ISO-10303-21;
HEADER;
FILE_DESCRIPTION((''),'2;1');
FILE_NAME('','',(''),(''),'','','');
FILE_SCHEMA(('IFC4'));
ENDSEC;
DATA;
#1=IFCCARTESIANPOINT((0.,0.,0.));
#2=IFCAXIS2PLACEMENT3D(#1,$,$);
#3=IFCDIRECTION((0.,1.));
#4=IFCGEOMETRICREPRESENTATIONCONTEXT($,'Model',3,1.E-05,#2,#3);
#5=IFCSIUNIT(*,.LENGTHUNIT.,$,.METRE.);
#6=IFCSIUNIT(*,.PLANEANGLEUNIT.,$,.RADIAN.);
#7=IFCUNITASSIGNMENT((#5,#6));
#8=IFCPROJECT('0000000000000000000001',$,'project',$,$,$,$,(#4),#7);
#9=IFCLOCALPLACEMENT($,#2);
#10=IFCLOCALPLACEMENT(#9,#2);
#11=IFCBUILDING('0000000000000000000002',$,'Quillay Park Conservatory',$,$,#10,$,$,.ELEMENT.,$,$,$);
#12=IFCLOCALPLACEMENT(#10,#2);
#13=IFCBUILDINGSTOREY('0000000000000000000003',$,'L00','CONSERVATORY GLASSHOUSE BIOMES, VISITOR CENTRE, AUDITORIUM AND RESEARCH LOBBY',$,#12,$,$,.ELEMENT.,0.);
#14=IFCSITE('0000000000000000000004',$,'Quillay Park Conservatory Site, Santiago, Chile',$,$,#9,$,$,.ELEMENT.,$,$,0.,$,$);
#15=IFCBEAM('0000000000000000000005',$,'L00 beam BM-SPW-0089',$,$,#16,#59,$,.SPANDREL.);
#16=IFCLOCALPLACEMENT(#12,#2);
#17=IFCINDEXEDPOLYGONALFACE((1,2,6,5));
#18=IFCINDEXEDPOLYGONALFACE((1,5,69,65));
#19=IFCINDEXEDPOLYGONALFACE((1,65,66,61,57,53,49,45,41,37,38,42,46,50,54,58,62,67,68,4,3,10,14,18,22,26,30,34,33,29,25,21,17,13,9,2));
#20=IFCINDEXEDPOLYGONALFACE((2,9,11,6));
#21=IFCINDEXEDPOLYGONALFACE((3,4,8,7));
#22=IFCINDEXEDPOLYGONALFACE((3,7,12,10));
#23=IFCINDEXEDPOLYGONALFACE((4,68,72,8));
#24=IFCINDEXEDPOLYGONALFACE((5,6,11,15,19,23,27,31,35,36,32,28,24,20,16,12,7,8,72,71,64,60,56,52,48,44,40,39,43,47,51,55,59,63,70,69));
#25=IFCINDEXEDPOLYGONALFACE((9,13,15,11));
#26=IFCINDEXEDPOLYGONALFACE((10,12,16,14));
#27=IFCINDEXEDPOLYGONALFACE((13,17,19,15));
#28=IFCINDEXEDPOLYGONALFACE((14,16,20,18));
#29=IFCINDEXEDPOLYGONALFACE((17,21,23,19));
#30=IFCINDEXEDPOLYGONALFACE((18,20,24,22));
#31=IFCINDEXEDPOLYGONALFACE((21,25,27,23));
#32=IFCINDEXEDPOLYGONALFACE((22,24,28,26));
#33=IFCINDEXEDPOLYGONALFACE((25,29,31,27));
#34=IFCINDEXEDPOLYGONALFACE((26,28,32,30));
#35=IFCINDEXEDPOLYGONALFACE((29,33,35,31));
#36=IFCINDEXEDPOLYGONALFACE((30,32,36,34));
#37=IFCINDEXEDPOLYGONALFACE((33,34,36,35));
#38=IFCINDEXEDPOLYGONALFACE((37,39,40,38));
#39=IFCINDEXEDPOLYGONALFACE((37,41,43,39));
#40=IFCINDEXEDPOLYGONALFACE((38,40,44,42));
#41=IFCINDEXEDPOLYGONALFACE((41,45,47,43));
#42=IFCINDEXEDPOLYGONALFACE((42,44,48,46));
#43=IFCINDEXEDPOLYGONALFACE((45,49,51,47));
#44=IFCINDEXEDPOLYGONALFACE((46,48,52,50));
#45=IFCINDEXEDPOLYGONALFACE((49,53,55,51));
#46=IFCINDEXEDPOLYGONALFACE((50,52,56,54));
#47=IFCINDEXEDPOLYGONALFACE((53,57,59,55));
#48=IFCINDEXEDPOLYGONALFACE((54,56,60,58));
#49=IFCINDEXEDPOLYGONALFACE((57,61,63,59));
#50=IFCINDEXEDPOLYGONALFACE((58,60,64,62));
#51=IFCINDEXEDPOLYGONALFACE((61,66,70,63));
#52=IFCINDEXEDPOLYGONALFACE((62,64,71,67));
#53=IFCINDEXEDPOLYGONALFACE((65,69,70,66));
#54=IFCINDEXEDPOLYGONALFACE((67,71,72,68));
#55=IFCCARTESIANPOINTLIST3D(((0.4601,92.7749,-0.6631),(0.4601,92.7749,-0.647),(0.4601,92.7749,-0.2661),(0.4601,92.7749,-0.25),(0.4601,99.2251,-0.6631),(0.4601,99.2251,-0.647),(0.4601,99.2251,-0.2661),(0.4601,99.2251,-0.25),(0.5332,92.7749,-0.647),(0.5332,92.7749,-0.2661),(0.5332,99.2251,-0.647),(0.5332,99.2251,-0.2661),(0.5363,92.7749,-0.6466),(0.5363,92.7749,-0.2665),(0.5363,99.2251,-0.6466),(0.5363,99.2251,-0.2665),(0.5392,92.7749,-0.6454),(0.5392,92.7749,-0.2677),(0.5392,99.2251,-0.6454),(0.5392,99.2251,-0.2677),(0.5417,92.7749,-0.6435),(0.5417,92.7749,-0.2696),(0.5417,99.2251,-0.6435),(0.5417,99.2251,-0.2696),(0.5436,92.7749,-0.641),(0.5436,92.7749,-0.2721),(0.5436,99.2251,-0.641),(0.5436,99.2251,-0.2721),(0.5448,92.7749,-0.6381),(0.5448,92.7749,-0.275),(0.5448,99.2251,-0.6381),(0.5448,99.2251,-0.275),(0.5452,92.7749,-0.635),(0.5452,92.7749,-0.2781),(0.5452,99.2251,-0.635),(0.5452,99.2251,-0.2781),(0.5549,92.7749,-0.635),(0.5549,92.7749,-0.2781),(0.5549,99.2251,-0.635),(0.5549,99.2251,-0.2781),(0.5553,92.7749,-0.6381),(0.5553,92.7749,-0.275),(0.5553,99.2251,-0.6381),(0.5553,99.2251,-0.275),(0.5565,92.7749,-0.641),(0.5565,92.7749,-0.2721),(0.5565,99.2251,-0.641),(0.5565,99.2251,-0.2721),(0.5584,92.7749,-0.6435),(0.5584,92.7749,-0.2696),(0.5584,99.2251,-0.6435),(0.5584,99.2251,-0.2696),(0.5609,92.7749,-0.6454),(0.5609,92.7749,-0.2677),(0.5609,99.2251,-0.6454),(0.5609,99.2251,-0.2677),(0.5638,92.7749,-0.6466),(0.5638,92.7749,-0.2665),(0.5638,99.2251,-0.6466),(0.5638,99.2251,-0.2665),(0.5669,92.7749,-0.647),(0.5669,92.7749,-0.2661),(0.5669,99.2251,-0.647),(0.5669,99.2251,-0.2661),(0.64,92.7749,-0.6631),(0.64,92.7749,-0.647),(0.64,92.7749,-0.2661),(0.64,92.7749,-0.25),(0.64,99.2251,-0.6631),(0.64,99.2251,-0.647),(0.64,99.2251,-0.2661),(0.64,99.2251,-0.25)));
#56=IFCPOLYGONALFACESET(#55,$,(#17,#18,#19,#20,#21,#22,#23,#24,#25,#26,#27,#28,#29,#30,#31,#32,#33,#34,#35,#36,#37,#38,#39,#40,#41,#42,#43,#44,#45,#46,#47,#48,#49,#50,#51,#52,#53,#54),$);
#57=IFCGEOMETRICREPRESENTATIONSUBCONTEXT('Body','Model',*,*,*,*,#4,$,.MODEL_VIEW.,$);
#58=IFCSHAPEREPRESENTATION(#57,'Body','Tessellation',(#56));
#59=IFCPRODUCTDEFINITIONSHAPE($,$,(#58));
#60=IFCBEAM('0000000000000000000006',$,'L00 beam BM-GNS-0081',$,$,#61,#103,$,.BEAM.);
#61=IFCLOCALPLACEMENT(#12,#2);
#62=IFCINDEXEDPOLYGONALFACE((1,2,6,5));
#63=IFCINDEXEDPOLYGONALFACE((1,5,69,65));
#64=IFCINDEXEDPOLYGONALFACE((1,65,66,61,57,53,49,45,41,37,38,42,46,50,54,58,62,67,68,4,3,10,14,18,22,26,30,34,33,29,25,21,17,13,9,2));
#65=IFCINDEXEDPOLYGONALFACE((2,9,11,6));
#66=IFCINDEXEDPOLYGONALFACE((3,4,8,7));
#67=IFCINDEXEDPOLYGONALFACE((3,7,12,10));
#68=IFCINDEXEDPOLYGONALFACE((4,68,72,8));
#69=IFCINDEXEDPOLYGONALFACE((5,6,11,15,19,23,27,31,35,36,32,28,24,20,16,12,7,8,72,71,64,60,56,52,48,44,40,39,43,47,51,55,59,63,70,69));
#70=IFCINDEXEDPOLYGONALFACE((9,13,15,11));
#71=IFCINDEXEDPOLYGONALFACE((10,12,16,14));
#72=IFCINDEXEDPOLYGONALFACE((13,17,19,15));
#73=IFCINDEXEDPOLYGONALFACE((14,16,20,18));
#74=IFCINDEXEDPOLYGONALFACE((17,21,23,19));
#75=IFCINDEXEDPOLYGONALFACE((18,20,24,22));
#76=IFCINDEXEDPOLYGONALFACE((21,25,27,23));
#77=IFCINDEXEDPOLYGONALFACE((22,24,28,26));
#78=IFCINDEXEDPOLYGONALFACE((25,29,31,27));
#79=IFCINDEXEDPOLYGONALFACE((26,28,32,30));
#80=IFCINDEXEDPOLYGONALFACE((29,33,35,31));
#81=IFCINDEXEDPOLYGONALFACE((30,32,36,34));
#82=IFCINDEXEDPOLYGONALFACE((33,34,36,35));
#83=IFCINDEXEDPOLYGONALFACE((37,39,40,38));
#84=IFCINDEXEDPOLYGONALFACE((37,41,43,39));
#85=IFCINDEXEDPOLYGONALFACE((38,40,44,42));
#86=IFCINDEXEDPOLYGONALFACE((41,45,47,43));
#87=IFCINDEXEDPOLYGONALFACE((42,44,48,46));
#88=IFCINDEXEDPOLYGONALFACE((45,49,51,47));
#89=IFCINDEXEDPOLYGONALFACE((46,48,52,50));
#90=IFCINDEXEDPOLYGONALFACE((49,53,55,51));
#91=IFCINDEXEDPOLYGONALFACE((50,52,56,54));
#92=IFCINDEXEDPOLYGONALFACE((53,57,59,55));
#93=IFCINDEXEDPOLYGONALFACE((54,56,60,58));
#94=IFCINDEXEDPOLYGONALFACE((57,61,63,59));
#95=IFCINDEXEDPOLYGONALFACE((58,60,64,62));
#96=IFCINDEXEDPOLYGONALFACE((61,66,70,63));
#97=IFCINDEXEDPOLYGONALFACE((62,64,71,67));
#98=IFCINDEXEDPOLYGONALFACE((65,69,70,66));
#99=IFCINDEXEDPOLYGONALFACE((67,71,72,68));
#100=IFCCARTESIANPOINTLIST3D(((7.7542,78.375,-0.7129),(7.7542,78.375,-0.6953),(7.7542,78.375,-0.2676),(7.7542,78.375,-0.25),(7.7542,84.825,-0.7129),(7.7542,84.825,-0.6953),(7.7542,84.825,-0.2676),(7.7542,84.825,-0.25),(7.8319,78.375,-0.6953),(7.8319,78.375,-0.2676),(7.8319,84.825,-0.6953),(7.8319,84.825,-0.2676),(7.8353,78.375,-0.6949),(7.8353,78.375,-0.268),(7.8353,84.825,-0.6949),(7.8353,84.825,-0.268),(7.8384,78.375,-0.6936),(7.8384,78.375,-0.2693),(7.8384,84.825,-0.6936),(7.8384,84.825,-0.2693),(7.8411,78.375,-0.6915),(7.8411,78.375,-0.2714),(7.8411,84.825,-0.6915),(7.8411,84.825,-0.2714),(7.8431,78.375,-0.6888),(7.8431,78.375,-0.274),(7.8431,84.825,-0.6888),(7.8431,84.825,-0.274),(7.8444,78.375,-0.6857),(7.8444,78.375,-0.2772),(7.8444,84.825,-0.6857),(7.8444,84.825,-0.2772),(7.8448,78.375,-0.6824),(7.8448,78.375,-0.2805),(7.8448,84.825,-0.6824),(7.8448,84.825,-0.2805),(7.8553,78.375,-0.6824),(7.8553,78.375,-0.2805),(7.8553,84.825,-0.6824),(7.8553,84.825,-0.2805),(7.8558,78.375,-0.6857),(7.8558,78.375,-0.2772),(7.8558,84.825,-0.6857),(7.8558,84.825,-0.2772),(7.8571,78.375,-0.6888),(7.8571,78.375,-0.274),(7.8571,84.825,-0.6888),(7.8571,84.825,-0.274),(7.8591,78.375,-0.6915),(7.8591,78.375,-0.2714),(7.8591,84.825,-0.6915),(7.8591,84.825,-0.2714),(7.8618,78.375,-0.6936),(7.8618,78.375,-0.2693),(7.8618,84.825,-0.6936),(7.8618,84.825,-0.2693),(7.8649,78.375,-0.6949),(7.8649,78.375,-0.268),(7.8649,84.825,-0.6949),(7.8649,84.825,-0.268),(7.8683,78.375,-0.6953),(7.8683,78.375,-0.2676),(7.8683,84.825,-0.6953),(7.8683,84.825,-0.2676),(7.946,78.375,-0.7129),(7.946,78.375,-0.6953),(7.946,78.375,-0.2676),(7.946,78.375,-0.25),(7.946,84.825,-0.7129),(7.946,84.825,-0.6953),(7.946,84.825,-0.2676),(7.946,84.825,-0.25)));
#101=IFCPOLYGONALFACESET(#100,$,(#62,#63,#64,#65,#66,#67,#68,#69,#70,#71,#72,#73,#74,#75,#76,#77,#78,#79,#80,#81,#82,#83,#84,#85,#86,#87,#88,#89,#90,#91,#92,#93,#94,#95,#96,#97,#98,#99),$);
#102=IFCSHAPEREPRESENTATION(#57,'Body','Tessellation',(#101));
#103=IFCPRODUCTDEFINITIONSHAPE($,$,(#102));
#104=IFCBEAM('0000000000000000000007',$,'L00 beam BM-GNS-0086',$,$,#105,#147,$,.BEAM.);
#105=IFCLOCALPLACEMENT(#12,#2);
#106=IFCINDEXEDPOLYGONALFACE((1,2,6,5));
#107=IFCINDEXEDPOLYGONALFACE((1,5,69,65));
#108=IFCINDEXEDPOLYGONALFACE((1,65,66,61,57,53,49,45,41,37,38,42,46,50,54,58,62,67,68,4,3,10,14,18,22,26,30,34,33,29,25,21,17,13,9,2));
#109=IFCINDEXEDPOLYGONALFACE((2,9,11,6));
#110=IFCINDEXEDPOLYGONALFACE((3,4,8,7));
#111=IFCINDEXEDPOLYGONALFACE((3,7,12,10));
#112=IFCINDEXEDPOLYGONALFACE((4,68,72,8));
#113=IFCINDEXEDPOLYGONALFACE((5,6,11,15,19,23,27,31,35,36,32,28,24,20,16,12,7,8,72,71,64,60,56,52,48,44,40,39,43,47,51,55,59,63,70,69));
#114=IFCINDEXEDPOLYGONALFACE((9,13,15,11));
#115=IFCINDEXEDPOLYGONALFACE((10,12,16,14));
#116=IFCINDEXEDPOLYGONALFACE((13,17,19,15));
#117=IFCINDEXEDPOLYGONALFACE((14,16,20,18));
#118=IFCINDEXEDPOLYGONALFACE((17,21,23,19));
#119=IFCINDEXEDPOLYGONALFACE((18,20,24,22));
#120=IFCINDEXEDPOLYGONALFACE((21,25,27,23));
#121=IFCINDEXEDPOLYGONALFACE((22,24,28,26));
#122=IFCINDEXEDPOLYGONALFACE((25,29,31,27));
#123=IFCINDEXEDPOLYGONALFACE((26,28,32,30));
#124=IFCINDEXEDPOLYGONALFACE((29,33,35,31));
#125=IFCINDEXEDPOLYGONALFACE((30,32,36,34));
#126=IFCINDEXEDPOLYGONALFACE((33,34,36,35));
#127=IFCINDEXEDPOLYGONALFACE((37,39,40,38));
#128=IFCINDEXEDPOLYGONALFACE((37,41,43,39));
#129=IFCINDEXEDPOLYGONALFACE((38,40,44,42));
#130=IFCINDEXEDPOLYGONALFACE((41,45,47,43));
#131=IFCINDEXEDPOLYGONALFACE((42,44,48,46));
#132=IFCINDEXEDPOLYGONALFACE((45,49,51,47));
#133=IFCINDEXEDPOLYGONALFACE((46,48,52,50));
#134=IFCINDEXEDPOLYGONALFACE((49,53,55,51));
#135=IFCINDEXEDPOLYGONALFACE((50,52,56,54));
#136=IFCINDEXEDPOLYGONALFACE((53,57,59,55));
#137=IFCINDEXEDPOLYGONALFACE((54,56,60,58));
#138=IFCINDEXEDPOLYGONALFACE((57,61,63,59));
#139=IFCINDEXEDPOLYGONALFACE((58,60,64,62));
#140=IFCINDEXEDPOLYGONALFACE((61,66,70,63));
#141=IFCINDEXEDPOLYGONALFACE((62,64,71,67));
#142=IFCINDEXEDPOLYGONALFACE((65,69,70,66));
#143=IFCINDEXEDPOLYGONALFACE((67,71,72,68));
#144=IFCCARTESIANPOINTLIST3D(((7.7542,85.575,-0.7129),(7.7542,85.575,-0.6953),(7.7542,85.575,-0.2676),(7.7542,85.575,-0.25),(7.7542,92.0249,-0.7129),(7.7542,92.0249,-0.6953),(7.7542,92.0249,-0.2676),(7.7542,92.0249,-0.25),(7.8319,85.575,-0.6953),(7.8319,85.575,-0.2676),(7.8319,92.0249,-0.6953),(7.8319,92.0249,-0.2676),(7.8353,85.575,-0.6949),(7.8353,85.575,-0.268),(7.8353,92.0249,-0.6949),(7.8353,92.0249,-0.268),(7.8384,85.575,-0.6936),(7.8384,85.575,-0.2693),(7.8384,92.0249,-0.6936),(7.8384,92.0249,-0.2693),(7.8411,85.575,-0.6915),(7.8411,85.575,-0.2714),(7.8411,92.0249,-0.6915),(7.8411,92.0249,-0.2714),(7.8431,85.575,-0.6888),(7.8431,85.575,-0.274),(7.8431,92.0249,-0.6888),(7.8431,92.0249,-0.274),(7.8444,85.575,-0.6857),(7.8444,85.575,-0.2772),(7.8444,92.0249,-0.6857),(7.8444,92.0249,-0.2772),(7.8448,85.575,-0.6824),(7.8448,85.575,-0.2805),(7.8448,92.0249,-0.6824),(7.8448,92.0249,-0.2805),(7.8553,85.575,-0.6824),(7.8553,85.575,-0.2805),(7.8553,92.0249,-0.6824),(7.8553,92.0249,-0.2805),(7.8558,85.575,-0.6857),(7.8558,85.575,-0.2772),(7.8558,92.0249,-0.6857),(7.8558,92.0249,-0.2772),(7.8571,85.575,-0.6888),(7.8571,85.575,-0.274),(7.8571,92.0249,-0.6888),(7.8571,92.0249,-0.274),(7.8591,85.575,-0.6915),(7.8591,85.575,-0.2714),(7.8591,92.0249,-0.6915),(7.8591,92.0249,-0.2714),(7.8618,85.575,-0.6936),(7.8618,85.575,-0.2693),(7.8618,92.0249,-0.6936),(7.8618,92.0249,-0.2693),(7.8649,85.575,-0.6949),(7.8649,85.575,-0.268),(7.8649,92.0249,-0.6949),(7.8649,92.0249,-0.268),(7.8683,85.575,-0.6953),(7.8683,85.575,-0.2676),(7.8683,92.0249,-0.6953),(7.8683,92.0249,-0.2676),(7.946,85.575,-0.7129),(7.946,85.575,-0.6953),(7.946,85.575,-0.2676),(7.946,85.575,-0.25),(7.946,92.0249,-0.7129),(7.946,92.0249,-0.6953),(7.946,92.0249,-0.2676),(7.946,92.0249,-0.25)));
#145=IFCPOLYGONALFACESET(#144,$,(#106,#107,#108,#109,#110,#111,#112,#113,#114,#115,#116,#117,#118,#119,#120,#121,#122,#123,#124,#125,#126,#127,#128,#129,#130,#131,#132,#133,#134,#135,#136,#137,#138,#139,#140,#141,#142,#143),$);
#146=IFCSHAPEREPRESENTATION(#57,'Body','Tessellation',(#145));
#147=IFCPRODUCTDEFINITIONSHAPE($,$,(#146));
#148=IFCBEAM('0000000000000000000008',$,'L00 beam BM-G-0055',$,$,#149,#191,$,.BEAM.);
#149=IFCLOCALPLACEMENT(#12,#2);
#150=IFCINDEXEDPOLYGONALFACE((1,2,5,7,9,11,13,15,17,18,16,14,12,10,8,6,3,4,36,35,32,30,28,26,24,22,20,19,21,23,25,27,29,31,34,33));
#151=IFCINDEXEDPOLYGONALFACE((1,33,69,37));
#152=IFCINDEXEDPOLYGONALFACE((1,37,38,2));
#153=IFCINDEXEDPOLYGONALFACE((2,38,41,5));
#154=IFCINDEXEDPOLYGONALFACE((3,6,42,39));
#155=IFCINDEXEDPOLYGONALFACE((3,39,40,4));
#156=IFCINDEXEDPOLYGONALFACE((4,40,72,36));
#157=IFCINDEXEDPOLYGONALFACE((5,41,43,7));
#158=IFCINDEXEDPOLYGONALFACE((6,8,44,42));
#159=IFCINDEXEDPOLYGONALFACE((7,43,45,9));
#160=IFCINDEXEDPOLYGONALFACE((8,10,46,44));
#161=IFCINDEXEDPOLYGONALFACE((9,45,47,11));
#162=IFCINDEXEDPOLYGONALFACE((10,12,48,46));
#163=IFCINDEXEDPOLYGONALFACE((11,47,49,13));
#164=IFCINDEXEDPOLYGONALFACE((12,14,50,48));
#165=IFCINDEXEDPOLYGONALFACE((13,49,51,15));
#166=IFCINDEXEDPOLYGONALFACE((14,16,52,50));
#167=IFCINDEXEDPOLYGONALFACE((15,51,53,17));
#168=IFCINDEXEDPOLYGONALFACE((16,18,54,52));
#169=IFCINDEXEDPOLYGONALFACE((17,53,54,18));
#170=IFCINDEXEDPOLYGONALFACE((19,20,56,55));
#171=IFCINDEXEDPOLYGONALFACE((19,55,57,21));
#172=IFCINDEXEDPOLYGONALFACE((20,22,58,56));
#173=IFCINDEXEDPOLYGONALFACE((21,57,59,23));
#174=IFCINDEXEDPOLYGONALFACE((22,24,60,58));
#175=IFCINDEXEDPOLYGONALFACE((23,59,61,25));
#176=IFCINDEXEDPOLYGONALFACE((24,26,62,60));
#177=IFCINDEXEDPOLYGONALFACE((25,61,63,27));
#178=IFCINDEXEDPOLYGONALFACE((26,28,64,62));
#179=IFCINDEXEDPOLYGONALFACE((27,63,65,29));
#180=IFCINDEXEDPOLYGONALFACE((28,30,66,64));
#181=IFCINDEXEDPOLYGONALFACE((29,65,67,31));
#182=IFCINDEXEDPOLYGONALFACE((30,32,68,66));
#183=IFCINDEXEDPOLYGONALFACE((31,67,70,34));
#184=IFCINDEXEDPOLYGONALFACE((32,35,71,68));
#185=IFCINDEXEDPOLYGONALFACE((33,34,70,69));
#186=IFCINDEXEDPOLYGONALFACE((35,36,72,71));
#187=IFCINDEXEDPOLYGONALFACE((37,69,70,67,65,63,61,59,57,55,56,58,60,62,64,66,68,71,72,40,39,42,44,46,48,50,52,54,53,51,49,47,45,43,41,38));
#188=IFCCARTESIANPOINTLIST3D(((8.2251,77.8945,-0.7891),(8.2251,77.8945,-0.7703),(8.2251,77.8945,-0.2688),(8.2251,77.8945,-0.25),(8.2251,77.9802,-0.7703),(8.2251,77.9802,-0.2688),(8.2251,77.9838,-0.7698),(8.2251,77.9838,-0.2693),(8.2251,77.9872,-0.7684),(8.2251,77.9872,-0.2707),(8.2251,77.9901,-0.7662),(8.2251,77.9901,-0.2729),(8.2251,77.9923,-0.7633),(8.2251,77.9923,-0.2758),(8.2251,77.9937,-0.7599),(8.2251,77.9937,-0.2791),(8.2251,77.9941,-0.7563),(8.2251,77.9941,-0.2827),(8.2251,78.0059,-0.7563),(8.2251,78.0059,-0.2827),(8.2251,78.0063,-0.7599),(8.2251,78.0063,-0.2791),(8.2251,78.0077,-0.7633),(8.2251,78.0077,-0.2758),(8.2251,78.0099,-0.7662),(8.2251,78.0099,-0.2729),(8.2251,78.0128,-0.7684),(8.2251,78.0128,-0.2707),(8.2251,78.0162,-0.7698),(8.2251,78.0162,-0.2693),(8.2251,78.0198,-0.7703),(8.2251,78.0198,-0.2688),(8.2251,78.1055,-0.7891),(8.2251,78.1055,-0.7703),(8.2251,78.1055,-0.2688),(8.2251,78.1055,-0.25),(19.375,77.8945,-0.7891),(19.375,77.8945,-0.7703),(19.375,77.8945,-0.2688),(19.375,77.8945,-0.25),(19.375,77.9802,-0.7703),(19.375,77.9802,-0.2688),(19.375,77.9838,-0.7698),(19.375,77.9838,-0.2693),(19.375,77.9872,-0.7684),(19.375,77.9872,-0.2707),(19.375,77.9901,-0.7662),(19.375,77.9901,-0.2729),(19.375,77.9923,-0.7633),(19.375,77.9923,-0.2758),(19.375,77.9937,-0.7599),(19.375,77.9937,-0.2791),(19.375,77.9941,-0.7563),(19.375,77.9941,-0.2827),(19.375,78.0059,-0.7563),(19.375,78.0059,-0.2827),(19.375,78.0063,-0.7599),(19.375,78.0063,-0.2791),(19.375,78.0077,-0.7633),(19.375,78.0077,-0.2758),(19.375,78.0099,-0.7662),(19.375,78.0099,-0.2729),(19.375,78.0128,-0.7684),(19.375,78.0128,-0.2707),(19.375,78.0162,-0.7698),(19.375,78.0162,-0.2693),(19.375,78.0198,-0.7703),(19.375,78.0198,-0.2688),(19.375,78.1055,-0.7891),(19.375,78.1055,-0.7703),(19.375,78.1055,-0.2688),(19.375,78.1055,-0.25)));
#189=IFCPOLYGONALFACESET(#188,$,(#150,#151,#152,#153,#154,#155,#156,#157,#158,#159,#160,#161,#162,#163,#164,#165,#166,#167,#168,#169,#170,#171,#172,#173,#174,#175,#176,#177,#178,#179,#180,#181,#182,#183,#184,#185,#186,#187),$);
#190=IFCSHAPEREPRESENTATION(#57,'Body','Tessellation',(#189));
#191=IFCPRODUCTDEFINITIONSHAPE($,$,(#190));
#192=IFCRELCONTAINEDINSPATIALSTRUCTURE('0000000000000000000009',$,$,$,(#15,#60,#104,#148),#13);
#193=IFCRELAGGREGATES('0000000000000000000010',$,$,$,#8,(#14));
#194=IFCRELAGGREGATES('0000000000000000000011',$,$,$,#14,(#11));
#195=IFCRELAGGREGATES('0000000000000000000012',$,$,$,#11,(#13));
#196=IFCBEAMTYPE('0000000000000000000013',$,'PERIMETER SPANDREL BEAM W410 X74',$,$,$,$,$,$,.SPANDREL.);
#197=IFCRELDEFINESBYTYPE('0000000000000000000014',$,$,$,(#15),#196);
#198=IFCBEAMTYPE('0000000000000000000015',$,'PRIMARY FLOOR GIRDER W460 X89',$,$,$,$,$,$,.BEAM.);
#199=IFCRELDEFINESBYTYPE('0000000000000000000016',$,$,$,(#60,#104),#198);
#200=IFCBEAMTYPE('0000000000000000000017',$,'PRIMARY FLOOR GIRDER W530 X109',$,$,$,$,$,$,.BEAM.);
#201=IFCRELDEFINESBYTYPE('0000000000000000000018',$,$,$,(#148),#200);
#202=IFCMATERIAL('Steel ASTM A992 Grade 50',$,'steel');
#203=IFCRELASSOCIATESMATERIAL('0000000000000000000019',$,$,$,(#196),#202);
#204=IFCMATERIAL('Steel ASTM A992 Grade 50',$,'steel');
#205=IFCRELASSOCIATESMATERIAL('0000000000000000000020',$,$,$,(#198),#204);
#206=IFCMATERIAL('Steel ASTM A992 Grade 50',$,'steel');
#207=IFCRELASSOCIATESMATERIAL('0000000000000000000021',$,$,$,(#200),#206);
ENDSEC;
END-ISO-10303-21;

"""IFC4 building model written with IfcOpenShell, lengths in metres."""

from ifc_helpers import new_model, si_unit, direction, frame, origin, origin_2d, place, context, subcontext, project, spatial, i_section, extrude, material, material_profile, profile_set, type_object, element, save


model = new_model("IFC4")

# Units and contexts
model_context = context("Model", 3, precision=1e-05, world=origin(), true_north=direction((0.0, 1.0)))
body_context = subcontext(model_context, "Body", "Model", "MODEL_VIEW")
ifc_project = project(units=[si_unit("LENGTHUNIT", "METRE"), si_unit("PLANEANGLEUNIT", "RADIAN")], contexts=[model_context])

# Site, building, storey
site_placement = place(None, origin())
site = spatial("IfcSite", under=ifc_project, at=site_placement, Name="Quillay Park Conservatory Site, Santiago, Chile", CompositionType="ELEMENT", RefElevation=0.0)
building_placement = place(site_placement, origin())
building = spatial("IfcBuilding", under=site, at=building_placement, Name="Quillay Park Conservatory", CompositionType="ELEMENT")
storey_placement = place(building_placement, origin())
storey = spatial("IfcBuildingStorey", under=building, at=storey_placement, Name="L00", Description="CONSERVATORY GLASSHOUSE BIOMES, VISITOR CENTRE, AUDITORIUM AND RESEARCH LOBBY", CompositionType="ELEMENT", Elevation=0.0)

# Beams
ifc_material_1 = material(Name="Steel ASTM A992 Grade 50", Category="steel")
ifc_material_profile_1 = material_profile(ifc_material_1, i_section(OverallWidth=0.1799, OverallDepth=0.4131, WebThickness=0.0098, FlangeThickness=0.0161, FilletRadius=0.012, at=origin_2d()), Name="W410x74")
ifc_profile_set_1 = profile_set([ifc_material_profile_1], Name="Steel ASTM A992 Grade 50")
beam_type_1 = type_object("IfcBeamType", Name="PERIMETER SPANDREL BEAM W410 X74", PredefinedType="SPANDREL", material=ifc_profile_set_1)
beam_1_placement = place(storey_placement, frame((0.55, 92.7749, -0.4565), z_axis=(0.0, 1.0, 0.0), x_axis=(-1.0, 0.0, 0.0)))
element("IfcBeam", 1, at=beam_1_placement, inside=storey, type_object=beam_type_1, Name="L00 beam BM-SPW-0089", PredefinedType="SPANDREL", context=body_context, shape_type="SweptSolid", body=[
    extrude(i_section(OverallWidth=0.1799, OverallDepth=0.4131, WebThickness=0.0098, FlangeThickness=0.0161, FilletRadius=0.012, at=origin_2d()), origin(), (0.0, 0.0, 1.0), 6.4502),
])
ifc_material_2 = material(Name="Steel ASTM A992 Grade 50", Category="steel")
ifc_material_profile_2 = material_profile(ifc_material_2, i_section(OverallWidth=0.1919, OverallDepth=0.4629, WebThickness=0.0105, FlangeThickness=0.0176, FilletRadius=0.0129, at=origin_2d()), Name="W460x89")
ifc_profile_set_2 = profile_set([ifc_material_profile_2], Name="Steel ASTM A992 Grade 50")
beam_type_2 = type_object("IfcBeamType", Name="PRIMARY FLOOR GIRDER W460 X89", PredefinedType="BEAM", material=ifc_profile_set_2)
for number, where, z_axis, x_axis, name in (
    (2, (7.8501, 78.375, -0.4814), (0.0, 1.0, 0.0), (-1.0, 0.0, 0.0), "L00 beam BM-GNS-0081"),
    (3, (7.8501, 85.575, -0.4814), (0.0, 1.0, 0.0), (-1.0, 0.0, 0.0), "L00 beam BM-GNS-0086"),
):
    element("IfcBeam", number, at=place(storey_placement, frame(where, z_axis=z_axis, x_axis=x_axis)), inside=storey, type_object=beam_type_2, Name=name, PredefinedType="BEAM", context=body_context, shape_type="SweptSolid", body=[
        extrude(i_section(OverallWidth=0.1919, OverallDepth=0.4629, WebThickness=0.0105, FlangeThickness=0.0176, FilletRadius=0.0129, at=origin_2d()), origin(), (0.0, 0.0, 1.0), 6.45),
    ])
ifc_material_3 = material(Name="Steel ASTM A992 Grade 50", Category="steel")
ifc_material_profile_3 = material_profile(ifc_material_3, i_section(OverallWidth=0.2109, OverallDepth=0.5391, WebThickness=0.0117, FlangeThickness=0.0188, FilletRadius=0.0139, at=origin_2d()), Name="W530x109")
ifc_profile_set_3 = profile_set([ifc_material_profile_3], Name="Steel ASTM A992 Grade 50")
beam_type_3 = type_object("IfcBeamType", Name="PRIMARY FLOOR GIRDER W530 X109", PredefinedType="BEAM", material=ifc_profile_set_3)
beam_2_placement = place(storey_placement, frame((8.2251, 78.0, -0.5195), z_axis=(1.0, 0.0, 0.0), x_axis=(0.0, 1.0, 0.0)))
element("IfcBeam", 4, at=beam_2_placement, inside=storey, type_object=beam_type_3, Name="L00 beam BM-G-0055", PredefinedType="BEAM", context=body_context, shape_type="SweptSolid", body=[
    extrude(i_section(OverallWidth=0.2109, OverallDepth=0.5391, WebThickness=0.0117, FlangeThickness=0.0188, FilletRadius=0.0139, at=origin_2d()), origin(), (0.0, 0.0, 1.0), 11.1499),
])

save(model, "model.ifc")
